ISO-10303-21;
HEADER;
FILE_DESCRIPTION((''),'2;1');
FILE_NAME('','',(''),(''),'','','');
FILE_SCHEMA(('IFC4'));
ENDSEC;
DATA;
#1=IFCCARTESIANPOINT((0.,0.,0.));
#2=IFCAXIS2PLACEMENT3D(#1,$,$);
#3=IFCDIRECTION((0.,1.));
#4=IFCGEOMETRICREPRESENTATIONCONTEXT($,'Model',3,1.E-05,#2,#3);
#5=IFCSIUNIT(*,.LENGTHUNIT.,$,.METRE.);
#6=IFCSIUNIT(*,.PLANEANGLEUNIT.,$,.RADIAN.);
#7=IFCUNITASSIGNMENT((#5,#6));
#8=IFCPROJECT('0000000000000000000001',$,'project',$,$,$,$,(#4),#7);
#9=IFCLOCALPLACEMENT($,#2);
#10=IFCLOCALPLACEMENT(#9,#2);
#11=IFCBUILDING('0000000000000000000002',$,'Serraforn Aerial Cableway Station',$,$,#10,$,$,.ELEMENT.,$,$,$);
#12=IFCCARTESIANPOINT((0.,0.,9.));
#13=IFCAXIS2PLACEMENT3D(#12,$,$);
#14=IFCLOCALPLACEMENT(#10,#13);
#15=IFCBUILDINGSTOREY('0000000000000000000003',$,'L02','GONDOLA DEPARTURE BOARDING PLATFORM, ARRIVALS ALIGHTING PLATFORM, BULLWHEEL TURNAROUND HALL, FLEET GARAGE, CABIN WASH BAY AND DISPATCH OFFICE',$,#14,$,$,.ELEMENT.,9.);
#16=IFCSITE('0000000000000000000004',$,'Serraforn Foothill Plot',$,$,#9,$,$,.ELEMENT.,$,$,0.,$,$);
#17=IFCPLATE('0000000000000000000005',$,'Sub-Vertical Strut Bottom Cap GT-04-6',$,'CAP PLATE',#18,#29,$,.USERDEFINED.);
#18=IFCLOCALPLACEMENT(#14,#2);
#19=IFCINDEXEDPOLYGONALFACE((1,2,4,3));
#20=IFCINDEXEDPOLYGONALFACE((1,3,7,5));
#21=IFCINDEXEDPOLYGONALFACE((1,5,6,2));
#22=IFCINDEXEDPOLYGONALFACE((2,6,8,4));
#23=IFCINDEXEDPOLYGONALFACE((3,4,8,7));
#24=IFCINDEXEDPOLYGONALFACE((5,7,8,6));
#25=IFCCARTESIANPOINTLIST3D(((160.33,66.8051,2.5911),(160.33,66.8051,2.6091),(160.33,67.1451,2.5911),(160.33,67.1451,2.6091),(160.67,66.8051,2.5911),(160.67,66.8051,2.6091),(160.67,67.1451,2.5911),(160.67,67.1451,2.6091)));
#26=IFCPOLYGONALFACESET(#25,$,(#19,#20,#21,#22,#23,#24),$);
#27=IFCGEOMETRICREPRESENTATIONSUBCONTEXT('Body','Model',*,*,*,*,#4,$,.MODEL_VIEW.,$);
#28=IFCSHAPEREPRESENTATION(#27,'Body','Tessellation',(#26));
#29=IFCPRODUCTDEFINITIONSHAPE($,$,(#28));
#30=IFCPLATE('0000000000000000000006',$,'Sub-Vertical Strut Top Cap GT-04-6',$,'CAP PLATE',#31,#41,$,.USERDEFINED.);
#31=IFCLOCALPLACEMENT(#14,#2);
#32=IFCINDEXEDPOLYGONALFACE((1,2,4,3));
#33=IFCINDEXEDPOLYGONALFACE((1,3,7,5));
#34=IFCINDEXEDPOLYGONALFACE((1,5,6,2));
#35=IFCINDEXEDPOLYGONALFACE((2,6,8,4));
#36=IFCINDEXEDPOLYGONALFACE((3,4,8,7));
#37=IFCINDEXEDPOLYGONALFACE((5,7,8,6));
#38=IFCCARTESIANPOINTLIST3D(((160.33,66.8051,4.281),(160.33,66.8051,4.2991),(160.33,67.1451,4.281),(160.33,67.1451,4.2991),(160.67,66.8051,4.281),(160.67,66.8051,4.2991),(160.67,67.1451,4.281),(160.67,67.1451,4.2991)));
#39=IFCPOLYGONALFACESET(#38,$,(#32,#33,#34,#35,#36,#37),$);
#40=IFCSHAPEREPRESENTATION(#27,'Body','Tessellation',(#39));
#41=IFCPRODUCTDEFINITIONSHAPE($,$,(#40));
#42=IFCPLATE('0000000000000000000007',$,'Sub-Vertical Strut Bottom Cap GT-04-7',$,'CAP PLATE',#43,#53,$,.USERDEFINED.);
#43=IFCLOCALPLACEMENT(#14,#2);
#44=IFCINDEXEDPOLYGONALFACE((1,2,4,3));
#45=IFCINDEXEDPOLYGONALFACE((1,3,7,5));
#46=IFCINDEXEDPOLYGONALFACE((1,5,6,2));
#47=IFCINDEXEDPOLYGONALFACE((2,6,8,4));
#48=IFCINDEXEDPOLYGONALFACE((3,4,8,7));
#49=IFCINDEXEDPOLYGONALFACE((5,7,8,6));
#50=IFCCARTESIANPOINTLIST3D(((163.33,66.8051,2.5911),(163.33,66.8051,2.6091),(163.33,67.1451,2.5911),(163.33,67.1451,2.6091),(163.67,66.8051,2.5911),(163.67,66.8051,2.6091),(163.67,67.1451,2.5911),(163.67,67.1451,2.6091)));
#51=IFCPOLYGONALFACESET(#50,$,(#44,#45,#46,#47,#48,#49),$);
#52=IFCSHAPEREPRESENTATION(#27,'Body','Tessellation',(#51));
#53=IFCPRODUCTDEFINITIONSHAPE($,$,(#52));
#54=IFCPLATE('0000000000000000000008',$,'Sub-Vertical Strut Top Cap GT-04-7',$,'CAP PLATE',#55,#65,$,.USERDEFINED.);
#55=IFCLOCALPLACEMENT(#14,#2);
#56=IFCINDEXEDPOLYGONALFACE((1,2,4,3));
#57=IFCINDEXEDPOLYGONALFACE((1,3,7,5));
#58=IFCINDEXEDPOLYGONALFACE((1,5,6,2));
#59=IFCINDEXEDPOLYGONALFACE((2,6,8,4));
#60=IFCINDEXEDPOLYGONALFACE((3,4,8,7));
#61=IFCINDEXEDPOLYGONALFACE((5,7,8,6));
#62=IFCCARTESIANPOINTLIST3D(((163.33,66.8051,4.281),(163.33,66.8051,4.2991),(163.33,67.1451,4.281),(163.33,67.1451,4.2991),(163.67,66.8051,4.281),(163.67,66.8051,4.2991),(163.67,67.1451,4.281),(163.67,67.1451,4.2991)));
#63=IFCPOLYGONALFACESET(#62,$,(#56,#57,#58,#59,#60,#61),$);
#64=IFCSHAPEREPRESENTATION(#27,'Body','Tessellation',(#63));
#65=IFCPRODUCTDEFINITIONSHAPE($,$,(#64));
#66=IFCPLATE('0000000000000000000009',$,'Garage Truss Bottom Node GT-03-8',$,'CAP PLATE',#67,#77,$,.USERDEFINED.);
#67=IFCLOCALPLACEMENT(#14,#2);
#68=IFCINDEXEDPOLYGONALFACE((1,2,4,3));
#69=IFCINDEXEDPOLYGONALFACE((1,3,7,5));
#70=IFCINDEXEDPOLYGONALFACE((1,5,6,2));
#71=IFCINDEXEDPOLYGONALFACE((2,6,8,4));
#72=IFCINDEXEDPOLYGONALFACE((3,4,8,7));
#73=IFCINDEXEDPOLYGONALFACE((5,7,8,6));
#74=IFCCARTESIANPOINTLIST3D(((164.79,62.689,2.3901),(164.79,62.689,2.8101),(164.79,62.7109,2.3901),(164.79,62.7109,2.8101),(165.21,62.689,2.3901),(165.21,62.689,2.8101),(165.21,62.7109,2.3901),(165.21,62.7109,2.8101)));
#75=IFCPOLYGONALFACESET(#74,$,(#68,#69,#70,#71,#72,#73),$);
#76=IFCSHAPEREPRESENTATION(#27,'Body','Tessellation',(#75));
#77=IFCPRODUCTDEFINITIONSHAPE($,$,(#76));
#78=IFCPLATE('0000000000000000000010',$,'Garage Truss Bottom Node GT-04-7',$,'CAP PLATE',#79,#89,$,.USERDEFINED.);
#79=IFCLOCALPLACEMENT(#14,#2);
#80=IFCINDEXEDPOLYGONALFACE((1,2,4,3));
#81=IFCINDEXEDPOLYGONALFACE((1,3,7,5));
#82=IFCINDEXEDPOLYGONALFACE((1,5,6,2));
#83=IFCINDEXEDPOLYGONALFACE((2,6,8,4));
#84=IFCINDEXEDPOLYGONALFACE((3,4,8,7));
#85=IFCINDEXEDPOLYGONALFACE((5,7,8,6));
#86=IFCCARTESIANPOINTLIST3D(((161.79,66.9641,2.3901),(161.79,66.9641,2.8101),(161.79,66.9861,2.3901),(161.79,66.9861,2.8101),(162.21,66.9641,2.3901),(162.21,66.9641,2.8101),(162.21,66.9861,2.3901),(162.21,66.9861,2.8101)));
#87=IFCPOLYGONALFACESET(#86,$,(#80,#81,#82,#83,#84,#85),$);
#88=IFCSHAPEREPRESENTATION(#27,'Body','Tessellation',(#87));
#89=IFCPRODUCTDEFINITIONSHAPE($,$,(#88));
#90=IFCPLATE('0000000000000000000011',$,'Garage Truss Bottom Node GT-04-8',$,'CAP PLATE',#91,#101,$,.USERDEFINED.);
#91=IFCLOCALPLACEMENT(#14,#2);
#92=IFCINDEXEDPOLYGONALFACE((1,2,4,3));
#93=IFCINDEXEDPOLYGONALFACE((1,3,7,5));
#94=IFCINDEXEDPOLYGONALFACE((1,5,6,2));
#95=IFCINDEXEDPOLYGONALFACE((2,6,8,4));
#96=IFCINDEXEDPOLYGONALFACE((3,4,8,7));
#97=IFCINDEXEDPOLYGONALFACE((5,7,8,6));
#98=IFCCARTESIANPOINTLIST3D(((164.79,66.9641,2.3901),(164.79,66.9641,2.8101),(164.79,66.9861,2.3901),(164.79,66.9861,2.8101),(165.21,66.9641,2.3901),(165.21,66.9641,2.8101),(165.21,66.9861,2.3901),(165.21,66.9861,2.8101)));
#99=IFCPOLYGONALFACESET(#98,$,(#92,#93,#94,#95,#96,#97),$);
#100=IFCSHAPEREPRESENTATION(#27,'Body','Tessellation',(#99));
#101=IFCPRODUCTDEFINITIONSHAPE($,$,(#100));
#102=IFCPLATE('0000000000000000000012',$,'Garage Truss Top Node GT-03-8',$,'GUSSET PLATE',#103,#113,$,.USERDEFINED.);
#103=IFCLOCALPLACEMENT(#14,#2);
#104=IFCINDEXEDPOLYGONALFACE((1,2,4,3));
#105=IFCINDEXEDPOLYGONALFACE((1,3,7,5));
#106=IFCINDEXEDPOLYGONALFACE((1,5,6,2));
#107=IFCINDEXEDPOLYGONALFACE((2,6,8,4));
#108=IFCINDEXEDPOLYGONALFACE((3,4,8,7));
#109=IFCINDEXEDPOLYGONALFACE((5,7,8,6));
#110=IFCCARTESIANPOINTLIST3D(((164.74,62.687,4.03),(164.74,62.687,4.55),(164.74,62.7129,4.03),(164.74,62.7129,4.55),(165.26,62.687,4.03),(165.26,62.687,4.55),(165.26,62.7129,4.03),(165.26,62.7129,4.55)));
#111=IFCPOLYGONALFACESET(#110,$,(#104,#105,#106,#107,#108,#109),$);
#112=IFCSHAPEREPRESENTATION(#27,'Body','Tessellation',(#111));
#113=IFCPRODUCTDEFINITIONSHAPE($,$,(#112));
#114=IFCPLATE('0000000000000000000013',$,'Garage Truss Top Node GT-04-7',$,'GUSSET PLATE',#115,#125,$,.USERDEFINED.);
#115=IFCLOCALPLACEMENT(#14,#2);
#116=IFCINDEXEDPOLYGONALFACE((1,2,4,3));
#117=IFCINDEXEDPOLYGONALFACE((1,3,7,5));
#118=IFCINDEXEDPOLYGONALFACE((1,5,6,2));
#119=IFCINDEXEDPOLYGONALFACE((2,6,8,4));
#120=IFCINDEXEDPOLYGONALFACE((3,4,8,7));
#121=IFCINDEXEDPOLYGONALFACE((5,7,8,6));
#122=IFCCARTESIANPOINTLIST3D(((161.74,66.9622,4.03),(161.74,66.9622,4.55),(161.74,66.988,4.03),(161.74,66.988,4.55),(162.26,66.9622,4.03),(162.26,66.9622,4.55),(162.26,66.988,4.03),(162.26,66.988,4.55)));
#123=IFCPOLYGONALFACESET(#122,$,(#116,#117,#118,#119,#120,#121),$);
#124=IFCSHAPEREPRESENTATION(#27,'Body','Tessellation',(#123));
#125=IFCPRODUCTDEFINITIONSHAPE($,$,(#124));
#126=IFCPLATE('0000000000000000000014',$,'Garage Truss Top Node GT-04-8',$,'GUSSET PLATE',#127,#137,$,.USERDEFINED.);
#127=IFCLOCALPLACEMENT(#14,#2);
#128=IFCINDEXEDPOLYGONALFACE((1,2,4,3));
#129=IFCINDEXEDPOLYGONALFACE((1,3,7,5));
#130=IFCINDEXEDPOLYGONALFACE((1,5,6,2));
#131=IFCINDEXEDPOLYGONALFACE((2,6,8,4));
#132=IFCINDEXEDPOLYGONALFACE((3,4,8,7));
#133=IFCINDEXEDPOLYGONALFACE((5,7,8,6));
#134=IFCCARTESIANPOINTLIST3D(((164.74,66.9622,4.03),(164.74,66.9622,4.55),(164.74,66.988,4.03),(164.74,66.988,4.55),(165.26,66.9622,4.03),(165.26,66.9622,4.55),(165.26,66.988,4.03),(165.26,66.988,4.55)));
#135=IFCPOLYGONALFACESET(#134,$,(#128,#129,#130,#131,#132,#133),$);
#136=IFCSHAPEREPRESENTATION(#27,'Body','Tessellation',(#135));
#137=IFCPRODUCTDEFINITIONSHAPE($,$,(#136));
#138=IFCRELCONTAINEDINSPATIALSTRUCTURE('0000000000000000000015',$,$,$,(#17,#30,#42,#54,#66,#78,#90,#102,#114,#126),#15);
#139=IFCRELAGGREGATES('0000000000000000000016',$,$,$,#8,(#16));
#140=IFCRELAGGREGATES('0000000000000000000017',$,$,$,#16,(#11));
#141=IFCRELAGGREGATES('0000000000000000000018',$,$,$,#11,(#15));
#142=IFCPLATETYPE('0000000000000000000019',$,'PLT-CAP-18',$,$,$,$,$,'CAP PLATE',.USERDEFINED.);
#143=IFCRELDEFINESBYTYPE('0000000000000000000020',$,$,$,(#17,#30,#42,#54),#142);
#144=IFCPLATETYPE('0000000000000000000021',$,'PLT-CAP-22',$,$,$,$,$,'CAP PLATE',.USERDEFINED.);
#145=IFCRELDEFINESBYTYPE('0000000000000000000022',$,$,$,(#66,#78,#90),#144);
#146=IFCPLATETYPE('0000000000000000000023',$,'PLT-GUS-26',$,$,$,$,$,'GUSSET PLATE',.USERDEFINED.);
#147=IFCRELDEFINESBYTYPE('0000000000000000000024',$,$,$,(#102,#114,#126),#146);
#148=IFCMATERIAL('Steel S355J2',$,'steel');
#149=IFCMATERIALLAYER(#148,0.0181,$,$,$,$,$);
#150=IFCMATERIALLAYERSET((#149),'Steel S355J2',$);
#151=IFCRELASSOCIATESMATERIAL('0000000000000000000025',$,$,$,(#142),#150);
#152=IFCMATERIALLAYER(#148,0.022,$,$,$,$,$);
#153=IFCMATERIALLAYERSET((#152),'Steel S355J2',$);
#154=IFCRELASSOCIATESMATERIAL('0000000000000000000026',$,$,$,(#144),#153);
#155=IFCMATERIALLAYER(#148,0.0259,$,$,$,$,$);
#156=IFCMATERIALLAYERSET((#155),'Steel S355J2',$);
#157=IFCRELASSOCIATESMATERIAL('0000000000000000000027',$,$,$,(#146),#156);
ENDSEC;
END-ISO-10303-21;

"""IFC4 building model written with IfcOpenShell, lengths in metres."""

from ifc_helpers import new_model, si_unit, direction, frame, origin, origin_2d, place, context, subcontext, project, spatial, rectangle, extrude, material, layer, layer_set, type_object, element, save


model = new_model("IFC4")

# Units and contexts
model_context = context("Model", 3, precision=1e-05, world=origin(), true_north=direction((0.0, 1.0)))
body_context = subcontext(model_context, "Body", "Model", "MODEL_VIEW")
ifc_project = project(units=[si_unit("LENGTHUNIT", "METRE"), si_unit("PLANEANGLEUNIT", "RADIAN")], contexts=[model_context])

# Site, building, storey
site_placement = place(None, origin())
site = spatial("IfcSite", under=ifc_project, at=site_placement, Name="Serraforn Foothill Plot", CompositionType="ELEMENT", RefElevation=0.0)
building_placement = place(site_placement, origin())
building = spatial("IfcBuilding", under=site, at=building_placement, Name="Serraforn Aerial Cableway Station", CompositionType="ELEMENT")
storey_placement = place(building_placement, frame((0.0, 0.0, 9.0)))
storey = spatial("IfcBuildingStorey", under=building, at=storey_placement, Name="L02", Description="GONDOLA DEPARTURE BOARDING PLATFORM, ARRIVALS ALIGHTING PLATFORM, BULLWHEEL TURNAROUND HALL, FLEET GARAGE, CABIN WASH BAY AND DISPATCH OFFICE", CompositionType="ELEMENT", Elevation=9.0)

# Shared definitions
ifc_material = material(Name="Steel S355J2", Category="steel")

# Plates
ifc_layer_1 = layer(ifc_material, 0.0181)
ifc_layer_set_1 = layer_set([ifc_layer_1], Name="Steel S355J2")
plate_type_1 = type_object("IfcPlateType", Name="PLT-CAP-18", ElementType="CAP PLATE", PredefinedType="USERDEFINED", material=ifc_layer_set_1)
for number, where, z_axis, x_axis, name in (
    (1, (160.5, 66.9751, 2.5911), (0.0, 0.0, 1.0), (1.0, 0.0, 0.0), "Sub-Vertical Strut Bottom Cap GT-04-6"),
    (2, (160.5, 66.9751, 4.281), (0.0, 0.0, 1.0), (1.0, 0.0, 0.0), "Sub-Vertical Strut Top Cap GT-04-6"),
    (3, (163.5, 66.9751, 2.5911), (0.0, 0.0, 1.0), (1.0, 0.0, 0.0), "Sub-Vertical Strut Bottom Cap GT-04-7"),
    (4, (163.5, 66.9751, 4.281), (0.0, 0.0, 1.0), (1.0, 0.0, 0.0), "Sub-Vertical Strut Top Cap GT-04-7"),
):
    element("IfcPlate", number, at=place(storey_placement, frame(where, z_axis=z_axis, x_axis=x_axis)), inside=storey, type_object=plate_type_1, Name=name, ObjectType="CAP PLATE", PredefinedType="USERDEFINED", context=body_context, shape_type="SweptSolid", body=[
        extrude(rectangle(XDim=0.3401, YDim=0.3401, at=origin_2d()), origin(), (0.0, 0.0, 1.0), 0.0181),
    ])
ifc_layer_2 = layer(ifc_material, 0.022)
ifc_layer_set_2 = layer_set([ifc_layer_2], Name="Steel S355J2")
plate_type_2 = type_object("IfcPlateType", Name="PLT-CAP-22", ElementType="CAP PLATE", PredefinedType="USERDEFINED", material=ifc_layer_set_2)
for number, where, z_axis, x_axis, name in (
    (5, (165.0, 62.7, 2.3901), (0.0, 0.0, 1.0), (1.0, 0.0, 0.0), "Garage Truss Bottom Node GT-03-8"),
    (6, (162.0, 66.9751, 2.3901), (0.0, 0.0, 1.0), (1.0, 0.0, 0.0), "Garage Truss Bottom Node GT-04-7"),
    (7, (165.0, 66.9751, 2.3901), (0.0, 0.0, 1.0), (1.0, 0.0, 0.0), "Garage Truss Bottom Node GT-04-8"),
):
    element("IfcPlate", number, at=place(storey_placement, frame(where, z_axis=z_axis, x_axis=x_axis)), inside=storey, type_object=plate_type_2, Name=name, ObjectType="CAP PLATE", PredefinedType="USERDEFINED", context=body_context, shape_type="SweptSolid", body=[
        extrude(rectangle(XDim=0.4199, YDim=0.022, at=origin_2d()), origin(), (0.0, 0.0, 1.0), 0.4199),
    ])
ifc_layer_3 = layer(ifc_material, 0.0259)
ifc_layer_set_3 = layer_set([ifc_layer_3], Name="Steel S355J2")
plate_type_3 = type_object("IfcPlateType", Name="PLT-GUS-26", ElementType="GUSSET PLATE", PredefinedType="USERDEFINED", material=ifc_layer_set_3)
for number, where, z_axis, x_axis, name in (
    (8, (165.0, 62.7, 4.03), (0.0, 0.0, 1.0), (1.0, 0.0, 0.0), "Garage Truss Top Node GT-03-8"),
    (9, (162.0, 66.9751, 4.03), (0.0, 0.0, 1.0), (1.0, 0.0, 0.0), "Garage Truss Top Node GT-04-7"),
    (10, (165.0, 66.9751, 4.03), (0.0, 0.0, 1.0), (1.0, 0.0, 0.0), "Garage Truss Top Node GT-04-8"),
):
    element("IfcPlate", number, at=place(storey_placement, frame(where, z_axis=z_axis, x_axis=x_axis)), inside=storey, type_object=plate_type_3, Name=name, ObjectType="GUSSET PLATE", PredefinedType="USERDEFINED", context=body_context, shape_type="SweptSolid", body=[
        extrude(rectangle(XDim=0.52, YDim=0.0259, at=origin_2d()), origin(), (0.0, 0.0, 1.0), 0.52),
    ])

save(model, "model.ifc")
